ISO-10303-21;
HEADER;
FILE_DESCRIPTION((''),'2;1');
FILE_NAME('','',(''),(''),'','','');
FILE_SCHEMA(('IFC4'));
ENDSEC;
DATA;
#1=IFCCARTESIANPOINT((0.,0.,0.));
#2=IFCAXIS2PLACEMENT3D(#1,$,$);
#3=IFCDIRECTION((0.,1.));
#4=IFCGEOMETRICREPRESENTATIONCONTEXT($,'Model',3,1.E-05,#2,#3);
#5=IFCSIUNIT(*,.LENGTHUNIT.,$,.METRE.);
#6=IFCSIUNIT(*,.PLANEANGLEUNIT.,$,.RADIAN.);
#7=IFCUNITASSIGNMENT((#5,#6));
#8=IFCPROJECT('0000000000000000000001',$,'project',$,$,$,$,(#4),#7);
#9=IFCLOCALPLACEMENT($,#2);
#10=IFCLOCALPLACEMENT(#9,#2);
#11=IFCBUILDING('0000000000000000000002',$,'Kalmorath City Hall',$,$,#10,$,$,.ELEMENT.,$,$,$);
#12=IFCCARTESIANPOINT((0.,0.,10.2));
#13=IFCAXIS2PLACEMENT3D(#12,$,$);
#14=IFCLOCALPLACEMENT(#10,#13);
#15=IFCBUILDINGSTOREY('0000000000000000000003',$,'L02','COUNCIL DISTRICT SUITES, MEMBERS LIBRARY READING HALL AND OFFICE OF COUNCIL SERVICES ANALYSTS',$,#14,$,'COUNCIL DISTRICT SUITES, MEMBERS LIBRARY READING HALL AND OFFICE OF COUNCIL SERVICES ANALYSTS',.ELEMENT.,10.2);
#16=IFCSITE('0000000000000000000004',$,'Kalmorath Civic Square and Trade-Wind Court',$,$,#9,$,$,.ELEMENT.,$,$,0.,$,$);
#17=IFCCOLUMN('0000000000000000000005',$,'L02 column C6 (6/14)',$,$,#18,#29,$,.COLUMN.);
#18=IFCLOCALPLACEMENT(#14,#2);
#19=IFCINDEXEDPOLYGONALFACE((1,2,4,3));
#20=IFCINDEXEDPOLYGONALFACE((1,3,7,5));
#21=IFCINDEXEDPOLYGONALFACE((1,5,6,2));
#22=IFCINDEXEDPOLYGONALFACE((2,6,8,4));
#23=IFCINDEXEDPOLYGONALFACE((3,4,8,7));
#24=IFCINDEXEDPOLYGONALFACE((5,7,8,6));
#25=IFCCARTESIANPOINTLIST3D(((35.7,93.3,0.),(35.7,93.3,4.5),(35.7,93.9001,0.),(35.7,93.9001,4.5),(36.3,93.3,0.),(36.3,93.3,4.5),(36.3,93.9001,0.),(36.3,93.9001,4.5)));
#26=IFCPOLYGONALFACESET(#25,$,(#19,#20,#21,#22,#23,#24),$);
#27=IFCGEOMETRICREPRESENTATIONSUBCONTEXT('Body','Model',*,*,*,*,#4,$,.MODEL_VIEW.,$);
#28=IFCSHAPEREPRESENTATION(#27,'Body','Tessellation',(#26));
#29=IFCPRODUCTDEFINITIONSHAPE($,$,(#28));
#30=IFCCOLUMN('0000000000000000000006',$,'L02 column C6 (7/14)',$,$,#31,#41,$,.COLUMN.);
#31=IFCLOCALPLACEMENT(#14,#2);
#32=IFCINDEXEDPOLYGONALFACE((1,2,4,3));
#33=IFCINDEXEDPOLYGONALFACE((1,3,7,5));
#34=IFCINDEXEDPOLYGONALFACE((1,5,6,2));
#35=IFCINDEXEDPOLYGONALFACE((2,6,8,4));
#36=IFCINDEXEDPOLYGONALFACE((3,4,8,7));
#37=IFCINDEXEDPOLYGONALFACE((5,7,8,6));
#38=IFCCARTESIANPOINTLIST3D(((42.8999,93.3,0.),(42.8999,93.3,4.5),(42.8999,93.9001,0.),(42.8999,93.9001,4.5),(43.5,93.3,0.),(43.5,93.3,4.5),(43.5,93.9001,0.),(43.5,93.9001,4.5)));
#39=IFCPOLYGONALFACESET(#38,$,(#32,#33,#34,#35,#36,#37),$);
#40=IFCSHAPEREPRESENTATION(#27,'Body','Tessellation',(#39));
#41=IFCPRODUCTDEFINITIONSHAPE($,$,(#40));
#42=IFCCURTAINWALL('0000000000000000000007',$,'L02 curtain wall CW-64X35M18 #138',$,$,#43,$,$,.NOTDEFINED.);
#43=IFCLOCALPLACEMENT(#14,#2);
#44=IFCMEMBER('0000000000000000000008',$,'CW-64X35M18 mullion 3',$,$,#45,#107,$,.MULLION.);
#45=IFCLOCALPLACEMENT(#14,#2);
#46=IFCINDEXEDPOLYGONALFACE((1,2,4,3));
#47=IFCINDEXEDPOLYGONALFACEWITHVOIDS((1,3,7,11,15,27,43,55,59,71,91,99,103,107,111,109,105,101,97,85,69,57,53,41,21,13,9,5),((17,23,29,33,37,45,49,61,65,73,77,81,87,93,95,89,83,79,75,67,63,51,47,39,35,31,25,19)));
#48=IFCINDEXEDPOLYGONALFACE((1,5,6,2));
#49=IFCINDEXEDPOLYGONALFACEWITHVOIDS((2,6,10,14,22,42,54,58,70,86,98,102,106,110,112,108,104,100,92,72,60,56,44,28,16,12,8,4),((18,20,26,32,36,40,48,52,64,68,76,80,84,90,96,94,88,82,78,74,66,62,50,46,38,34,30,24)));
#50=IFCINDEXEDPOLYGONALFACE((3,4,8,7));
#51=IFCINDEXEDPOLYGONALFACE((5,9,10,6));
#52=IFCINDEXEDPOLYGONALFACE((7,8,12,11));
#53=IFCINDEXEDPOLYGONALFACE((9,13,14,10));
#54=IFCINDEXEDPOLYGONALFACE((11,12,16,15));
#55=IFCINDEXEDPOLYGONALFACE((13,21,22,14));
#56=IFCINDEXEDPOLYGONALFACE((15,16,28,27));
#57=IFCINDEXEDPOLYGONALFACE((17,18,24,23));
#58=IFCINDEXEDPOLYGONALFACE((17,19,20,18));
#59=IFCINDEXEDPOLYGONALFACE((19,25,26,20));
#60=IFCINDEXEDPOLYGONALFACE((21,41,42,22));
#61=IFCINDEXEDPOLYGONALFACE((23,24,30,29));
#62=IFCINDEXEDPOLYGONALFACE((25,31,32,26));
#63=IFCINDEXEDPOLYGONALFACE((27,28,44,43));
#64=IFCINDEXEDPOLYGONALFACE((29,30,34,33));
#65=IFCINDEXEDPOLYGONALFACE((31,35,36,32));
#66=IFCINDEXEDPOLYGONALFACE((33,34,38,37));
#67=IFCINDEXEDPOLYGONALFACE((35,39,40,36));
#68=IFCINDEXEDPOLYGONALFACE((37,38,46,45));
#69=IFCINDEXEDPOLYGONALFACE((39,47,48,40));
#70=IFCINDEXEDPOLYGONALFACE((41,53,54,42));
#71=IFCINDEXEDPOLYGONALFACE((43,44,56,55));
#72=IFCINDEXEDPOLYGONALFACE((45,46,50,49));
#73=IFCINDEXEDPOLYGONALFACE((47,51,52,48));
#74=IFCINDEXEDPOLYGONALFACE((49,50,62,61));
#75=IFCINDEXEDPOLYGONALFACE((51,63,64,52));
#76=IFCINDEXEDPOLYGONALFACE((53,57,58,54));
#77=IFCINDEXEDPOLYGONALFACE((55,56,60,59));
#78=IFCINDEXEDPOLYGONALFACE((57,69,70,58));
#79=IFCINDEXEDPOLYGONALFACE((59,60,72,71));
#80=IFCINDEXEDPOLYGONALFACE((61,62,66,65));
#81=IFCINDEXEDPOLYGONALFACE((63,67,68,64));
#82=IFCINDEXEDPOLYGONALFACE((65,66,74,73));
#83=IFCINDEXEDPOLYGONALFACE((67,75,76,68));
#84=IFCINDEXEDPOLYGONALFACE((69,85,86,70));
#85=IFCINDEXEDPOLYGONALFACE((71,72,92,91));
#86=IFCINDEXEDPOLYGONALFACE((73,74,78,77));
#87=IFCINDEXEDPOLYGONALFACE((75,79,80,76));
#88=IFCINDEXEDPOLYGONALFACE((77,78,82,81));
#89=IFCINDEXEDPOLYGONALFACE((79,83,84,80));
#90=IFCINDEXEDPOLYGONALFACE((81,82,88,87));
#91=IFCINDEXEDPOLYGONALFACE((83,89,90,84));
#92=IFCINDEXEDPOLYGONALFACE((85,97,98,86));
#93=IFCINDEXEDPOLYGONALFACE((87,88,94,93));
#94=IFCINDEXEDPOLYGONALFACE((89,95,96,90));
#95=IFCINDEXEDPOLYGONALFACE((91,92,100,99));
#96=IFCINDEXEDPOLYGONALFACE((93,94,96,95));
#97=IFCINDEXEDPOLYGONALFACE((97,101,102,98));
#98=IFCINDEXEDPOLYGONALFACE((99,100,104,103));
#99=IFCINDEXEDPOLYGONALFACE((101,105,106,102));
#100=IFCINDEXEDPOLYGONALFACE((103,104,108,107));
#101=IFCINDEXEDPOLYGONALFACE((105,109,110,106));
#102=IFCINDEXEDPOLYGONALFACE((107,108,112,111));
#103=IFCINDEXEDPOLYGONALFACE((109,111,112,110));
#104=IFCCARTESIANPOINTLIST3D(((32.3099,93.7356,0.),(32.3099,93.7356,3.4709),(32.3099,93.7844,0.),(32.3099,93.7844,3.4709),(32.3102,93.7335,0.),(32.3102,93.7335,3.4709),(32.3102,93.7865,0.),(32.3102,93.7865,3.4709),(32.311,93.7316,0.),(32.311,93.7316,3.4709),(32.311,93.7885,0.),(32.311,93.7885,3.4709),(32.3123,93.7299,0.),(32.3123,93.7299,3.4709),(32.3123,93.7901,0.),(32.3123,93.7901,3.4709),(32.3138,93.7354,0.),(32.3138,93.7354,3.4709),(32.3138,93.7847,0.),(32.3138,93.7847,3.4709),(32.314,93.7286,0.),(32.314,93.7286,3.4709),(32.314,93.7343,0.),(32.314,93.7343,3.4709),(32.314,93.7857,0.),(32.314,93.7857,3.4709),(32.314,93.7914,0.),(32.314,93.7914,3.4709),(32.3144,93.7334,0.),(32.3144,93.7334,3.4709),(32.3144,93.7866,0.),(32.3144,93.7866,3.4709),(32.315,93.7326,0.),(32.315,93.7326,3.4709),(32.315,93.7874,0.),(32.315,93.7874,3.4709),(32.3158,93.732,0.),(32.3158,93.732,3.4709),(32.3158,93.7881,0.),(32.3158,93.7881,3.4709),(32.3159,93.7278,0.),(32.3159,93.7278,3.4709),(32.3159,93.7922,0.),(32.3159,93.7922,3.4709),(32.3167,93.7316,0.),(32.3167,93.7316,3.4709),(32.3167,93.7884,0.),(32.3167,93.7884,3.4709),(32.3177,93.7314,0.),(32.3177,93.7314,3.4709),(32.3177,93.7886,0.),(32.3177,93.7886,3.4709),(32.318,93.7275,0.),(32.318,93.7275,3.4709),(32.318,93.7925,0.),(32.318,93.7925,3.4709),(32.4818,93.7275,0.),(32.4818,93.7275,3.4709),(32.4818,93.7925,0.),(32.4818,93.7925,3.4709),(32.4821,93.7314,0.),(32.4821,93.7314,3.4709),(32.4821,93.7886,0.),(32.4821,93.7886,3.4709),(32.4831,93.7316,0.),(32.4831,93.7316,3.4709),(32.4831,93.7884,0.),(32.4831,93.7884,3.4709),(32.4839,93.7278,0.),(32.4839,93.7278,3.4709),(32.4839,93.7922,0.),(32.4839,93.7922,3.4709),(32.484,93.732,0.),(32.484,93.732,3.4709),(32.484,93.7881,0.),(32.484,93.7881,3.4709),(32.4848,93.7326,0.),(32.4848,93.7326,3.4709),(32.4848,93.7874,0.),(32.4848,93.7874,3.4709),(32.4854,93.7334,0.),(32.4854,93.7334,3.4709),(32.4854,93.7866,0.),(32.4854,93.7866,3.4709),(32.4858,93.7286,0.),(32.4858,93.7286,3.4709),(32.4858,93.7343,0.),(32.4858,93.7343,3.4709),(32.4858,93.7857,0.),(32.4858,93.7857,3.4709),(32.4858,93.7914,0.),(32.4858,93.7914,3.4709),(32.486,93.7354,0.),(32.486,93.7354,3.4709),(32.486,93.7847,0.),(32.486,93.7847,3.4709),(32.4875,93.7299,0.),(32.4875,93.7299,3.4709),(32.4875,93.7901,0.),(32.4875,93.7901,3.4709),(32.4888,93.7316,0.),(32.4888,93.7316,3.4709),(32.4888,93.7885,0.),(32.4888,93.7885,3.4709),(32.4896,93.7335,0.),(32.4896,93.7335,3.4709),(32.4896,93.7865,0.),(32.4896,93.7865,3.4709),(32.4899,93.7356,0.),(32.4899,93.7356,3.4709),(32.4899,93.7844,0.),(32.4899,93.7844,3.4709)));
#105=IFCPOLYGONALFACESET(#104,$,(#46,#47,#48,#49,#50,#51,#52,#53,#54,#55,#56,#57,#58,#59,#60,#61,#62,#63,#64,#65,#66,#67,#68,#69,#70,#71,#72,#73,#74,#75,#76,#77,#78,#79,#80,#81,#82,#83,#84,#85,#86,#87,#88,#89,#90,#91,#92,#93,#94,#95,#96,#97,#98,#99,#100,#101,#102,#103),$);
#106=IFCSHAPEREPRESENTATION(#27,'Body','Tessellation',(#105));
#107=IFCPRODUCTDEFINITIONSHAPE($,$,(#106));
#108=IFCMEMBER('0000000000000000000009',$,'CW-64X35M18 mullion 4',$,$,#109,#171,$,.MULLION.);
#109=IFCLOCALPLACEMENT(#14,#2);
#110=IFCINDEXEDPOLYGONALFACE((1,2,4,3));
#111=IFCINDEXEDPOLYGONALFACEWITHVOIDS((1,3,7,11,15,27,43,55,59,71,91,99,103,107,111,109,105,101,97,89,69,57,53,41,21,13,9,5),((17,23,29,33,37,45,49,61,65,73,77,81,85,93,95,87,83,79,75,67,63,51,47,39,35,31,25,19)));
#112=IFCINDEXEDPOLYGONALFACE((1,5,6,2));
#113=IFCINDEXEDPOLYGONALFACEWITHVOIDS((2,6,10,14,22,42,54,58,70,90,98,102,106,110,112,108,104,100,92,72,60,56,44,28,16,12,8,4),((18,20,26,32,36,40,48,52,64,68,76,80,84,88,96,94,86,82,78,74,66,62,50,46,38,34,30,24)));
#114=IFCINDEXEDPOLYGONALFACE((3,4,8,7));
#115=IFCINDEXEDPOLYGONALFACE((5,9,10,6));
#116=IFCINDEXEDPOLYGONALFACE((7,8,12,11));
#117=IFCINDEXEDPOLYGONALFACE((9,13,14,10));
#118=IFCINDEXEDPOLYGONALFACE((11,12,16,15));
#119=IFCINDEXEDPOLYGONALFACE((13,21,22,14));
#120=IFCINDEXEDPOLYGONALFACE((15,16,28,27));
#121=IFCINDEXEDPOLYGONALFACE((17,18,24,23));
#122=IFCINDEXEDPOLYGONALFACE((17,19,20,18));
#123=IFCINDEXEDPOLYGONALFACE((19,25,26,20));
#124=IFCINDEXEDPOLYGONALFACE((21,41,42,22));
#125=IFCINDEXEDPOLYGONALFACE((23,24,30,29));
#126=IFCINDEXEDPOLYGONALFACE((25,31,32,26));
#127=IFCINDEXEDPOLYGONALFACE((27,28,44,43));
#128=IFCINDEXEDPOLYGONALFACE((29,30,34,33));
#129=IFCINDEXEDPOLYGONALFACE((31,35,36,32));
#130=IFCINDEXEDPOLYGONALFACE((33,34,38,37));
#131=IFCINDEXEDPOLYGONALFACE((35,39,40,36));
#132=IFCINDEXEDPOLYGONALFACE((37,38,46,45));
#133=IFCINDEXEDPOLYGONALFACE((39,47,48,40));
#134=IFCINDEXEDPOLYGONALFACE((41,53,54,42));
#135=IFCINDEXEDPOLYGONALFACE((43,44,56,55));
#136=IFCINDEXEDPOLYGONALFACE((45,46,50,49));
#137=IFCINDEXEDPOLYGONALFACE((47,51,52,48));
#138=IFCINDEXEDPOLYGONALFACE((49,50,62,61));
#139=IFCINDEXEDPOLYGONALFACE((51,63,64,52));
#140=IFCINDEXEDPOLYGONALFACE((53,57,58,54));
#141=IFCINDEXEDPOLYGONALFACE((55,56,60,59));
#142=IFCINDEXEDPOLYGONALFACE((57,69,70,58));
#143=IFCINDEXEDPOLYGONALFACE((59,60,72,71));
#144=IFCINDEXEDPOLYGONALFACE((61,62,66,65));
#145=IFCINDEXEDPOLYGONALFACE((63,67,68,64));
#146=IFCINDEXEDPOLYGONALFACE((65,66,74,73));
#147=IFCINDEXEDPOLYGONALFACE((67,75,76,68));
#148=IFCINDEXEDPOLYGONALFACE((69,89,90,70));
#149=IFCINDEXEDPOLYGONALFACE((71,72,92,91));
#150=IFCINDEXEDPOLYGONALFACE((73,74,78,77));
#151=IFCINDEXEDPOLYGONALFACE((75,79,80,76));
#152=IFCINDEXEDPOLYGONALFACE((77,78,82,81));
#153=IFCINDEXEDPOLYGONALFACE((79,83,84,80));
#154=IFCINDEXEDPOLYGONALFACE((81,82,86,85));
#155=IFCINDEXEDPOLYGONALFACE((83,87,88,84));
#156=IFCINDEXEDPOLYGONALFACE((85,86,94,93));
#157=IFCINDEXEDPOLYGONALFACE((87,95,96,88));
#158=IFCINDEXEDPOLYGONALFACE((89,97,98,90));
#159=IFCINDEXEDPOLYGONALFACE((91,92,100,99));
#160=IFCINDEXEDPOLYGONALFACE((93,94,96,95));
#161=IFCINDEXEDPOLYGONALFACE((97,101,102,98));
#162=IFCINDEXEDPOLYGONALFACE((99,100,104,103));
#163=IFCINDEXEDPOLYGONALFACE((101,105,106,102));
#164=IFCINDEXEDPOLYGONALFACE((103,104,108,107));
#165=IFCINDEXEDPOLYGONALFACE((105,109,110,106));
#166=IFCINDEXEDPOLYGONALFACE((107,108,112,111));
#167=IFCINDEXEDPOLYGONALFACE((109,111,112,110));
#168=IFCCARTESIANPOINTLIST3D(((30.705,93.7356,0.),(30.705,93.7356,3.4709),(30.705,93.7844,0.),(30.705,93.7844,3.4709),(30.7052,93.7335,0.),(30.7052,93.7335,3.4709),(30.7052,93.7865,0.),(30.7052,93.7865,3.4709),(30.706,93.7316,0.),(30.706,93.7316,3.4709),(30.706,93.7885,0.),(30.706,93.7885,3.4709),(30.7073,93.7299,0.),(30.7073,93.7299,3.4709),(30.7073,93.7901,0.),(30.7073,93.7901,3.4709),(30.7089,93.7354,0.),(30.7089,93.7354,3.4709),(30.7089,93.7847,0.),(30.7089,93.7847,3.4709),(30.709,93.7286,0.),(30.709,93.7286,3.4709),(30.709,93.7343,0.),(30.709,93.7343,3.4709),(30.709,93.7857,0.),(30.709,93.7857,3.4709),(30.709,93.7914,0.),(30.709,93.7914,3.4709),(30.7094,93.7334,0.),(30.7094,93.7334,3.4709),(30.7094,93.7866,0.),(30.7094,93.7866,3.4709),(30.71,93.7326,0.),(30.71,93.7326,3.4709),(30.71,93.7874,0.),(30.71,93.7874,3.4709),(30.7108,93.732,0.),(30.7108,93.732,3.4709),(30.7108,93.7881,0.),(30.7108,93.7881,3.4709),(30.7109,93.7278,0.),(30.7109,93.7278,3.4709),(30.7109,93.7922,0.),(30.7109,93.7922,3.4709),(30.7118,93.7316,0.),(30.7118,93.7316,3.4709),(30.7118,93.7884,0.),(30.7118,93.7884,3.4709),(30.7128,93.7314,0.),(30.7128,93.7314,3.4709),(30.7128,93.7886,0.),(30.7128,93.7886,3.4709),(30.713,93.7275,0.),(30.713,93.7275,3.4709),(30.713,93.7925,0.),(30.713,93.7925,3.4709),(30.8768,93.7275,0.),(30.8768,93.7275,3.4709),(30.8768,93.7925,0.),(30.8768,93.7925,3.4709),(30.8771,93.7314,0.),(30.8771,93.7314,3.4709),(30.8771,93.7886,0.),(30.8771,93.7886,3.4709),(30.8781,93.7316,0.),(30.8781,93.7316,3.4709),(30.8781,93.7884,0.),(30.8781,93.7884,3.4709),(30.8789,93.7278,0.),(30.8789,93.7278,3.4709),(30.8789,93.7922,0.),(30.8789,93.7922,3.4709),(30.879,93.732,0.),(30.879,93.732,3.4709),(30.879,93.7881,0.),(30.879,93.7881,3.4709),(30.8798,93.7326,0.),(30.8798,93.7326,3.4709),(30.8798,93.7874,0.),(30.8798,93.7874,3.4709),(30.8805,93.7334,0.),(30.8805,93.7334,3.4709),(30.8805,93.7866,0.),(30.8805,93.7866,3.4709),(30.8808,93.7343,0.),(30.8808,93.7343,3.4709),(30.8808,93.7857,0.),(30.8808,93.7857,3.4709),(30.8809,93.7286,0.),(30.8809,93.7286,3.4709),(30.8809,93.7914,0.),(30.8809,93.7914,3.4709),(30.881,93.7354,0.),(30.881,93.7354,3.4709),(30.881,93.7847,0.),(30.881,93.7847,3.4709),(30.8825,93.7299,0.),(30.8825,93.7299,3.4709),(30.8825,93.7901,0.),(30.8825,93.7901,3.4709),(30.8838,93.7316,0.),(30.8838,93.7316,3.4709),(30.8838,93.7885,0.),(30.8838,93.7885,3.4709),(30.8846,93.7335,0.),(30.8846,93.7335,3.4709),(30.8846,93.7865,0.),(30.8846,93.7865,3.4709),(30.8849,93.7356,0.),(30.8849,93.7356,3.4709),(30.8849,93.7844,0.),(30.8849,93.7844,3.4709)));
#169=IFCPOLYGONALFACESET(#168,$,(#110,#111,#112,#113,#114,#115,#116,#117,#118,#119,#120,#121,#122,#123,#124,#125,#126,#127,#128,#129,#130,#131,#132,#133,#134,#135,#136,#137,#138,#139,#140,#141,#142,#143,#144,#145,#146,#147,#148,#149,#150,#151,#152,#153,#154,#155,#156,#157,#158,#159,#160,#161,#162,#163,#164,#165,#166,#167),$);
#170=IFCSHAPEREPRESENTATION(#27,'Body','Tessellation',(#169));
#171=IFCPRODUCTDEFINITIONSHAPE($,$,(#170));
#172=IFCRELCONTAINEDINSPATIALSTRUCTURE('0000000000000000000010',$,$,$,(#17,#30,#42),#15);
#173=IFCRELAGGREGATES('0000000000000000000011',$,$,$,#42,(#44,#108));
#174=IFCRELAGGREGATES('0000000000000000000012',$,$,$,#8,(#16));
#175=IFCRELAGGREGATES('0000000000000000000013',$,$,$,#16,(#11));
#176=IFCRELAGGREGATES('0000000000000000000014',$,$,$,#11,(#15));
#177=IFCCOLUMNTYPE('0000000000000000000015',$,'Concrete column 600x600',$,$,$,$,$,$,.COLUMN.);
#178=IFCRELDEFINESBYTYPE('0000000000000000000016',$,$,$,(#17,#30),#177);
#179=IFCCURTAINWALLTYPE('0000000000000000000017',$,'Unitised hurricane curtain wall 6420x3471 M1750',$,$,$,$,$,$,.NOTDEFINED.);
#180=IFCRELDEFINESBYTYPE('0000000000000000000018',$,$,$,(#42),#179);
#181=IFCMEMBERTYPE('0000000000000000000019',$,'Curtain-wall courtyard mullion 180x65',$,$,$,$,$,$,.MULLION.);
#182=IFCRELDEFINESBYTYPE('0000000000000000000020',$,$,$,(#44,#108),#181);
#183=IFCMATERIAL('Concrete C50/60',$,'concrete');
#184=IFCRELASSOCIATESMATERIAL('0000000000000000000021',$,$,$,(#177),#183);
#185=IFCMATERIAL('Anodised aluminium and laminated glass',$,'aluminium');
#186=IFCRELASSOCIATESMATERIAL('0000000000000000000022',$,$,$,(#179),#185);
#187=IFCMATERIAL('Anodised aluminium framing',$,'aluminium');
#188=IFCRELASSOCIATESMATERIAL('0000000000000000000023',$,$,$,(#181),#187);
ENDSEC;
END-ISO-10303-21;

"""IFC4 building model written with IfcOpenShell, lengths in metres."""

from ifc_helpers import new_model, si_unit, direction, frame, origin, origin_2d, place, context, subcontext, project, spatial, rectangle, hollow_rectangle, extrude, material, material_profile, profile_set, type_object, element, aggregate, save


model = new_model("IFC4")

# Units and contexts
model_context = context("Model", 3, precision=1e-05, world=origin(), true_north=direction((0.0, 1.0)))
body_context = subcontext(model_context, "Body", "Model", "MODEL_VIEW")
ifc_project = project(units=[si_unit("LENGTHUNIT", "METRE"), si_unit("PLANEANGLEUNIT", "RADIAN")], contexts=[model_context])

# Site, building, storey
site_placement = place(None, origin())
site = spatial("IfcSite", under=ifc_project, at=site_placement, Name="Kalmorath Civic Square and Trade-Wind Court", CompositionType="ELEMENT", RefElevation=0.0)
building_placement = place(site_placement, origin())
building = spatial("IfcBuilding", under=site, at=building_placement, Name="Kalmorath City Hall", CompositionType="ELEMENT")
storey_placement = place(building_placement, frame((0.0, 0.0, 10.2)))
storey = spatial("IfcBuildingStorey", under=building, at=storey_placement, Name="L02", Description="COUNCIL DISTRICT SUITES, MEMBERS LIBRARY READING HALL AND OFFICE OF COUNCIL SERVICES ANALYSTS", LongName="COUNCIL DISTRICT SUITES, MEMBERS LIBRARY READING HALL AND OFFICE OF COUNCIL SERVICES ANALYSTS", CompositionType="ELEMENT", Elevation=10.2)

# Columns
ifc_material_1 = material(Name="Concrete C50/60", Category="concrete")
ifc_material_profile_1 = material_profile(ifc_material_1, rectangle(XDim=0.6001, YDim=0.6001, at=origin_2d()), Name="RC-COL-600X600")
ifc_profile_set_1 = profile_set([ifc_material_profile_1], Name="Concrete C50/60")
column_type = type_object("IfcColumnType", Name="Concrete column 600x600", PredefinedType="COLUMN", material=ifc_profile_set_1)
for number, where, z_axis, x_axis, name in (
    (1, (36.0, 93.6001, 0.0), (0.0, 0.0, 1.0), (1.0, 0.0, 0.0), "L02 column C6 (6/14)"),
    (2, (43.2, 93.6001, 0.0), (0.0, 0.0, 1.0), (1.0, 0.0, 0.0), "L02 column C6 (7/14)"),
):
    element("IfcColumn", number, at=place(storey_placement, frame(where, z_axis=z_axis, x_axis=x_axis)), inside=storey, type_object=column_type, Name=name, PredefinedType="COLUMN", context=body_context, shape_type="SweptSolid", body=[
        extrude(rectangle(XDim=0.6001, YDim=0.6001, at=origin_2d()), origin(), (0.0, 0.0, 1.0), 4.5),
    ])

# Curtain wall, members
ifc_material_2 = material(Name="Anodised aluminium and laminated glass", Category="aluminium")
curtain_wall_type = type_object("IfcCurtainWallType", Name="Unitised hurricane curtain wall 6420x3471 M1750", PredefinedType="NOTDEFINED", material=ifc_material_2)
curtain_wall_placement = place(storey_placement, origin())
curtain_wall = element("IfcCurtainWall", 3, at=curtain_wall_placement, inside=storey, type_object=curtain_wall_type, Name="L02 curtain wall CW-64X35M18 #138", PredefinedType="NOTDEFINED")
ifc_material_3 = material(Name="Anodised aluminium framing", Category="aluminium")
ifc_material_profile_2 = material_profile(ifc_material_3, hollow_rectangle(XDim=0.0649, YDim=0.1799, WallThickness=0.0039, InnerFilletRadius=0.0039, OuterFilletRadius=0.0081, at=origin_2d()), Name="ALU-MUL-180X65X4")
ifc_profile_set_2 = profile_set([ifc_material_profile_2], Name="Anodised aluminium framing")
member_type_1 = type_object("IfcMemberType", Name="Curtain-wall courtyard mullion 180x65", PredefinedType="MULLION", material=ifc_profile_set_2)
member_1_placement = place(storey_placement, frame((32.3999, 93.76, 0.0), z_axis=(0.0, 0.0, 1.0), x_axis=(0.0, -1.0, 0.0)))
member_1 = element("IfcMember", 4, at=member_1_placement, type_object=member_type_1, Name="CW-64X35M18 mullion 3", PredefinedType="MULLION", context=body_context, shape_type="SweptSolid", body=[
    extrude(hollow_rectangle(XDim=0.0649, YDim=0.1799, WallThickness=0.0039, InnerFilletRadius=0.0039, OuterFilletRadius=0.0081, at=origin_2d()), origin(), (0.0, 0.0, 1.0), 3.4709),
])
member_2_placement = place(storey_placement, frame((30.7949, 93.76, 0.0), z_axis=(0.0, 0.0, 1.0), x_axis=(0.0, -1.0, 0.0)))
member_2 = element("IfcMember", 5, at=member_2_placement, type_object=member_type_1, Name="CW-64X35M18 mullion 4", PredefinedType="MULLION", context=body_context, shape_type="SweptSolid", body=[
    extrude(hollow_rectangle(XDim=0.0649, YDim=0.1799, WallThickness=0.0039, InnerFilletRadius=0.0039, OuterFilletRadius=0.0081, at=origin_2d()), origin(), (0.0, 0.0, 1.0), 3.4709),
])

aggregate(curtain_wall, [member_1, member_2])

save(model, "model.ifc")
